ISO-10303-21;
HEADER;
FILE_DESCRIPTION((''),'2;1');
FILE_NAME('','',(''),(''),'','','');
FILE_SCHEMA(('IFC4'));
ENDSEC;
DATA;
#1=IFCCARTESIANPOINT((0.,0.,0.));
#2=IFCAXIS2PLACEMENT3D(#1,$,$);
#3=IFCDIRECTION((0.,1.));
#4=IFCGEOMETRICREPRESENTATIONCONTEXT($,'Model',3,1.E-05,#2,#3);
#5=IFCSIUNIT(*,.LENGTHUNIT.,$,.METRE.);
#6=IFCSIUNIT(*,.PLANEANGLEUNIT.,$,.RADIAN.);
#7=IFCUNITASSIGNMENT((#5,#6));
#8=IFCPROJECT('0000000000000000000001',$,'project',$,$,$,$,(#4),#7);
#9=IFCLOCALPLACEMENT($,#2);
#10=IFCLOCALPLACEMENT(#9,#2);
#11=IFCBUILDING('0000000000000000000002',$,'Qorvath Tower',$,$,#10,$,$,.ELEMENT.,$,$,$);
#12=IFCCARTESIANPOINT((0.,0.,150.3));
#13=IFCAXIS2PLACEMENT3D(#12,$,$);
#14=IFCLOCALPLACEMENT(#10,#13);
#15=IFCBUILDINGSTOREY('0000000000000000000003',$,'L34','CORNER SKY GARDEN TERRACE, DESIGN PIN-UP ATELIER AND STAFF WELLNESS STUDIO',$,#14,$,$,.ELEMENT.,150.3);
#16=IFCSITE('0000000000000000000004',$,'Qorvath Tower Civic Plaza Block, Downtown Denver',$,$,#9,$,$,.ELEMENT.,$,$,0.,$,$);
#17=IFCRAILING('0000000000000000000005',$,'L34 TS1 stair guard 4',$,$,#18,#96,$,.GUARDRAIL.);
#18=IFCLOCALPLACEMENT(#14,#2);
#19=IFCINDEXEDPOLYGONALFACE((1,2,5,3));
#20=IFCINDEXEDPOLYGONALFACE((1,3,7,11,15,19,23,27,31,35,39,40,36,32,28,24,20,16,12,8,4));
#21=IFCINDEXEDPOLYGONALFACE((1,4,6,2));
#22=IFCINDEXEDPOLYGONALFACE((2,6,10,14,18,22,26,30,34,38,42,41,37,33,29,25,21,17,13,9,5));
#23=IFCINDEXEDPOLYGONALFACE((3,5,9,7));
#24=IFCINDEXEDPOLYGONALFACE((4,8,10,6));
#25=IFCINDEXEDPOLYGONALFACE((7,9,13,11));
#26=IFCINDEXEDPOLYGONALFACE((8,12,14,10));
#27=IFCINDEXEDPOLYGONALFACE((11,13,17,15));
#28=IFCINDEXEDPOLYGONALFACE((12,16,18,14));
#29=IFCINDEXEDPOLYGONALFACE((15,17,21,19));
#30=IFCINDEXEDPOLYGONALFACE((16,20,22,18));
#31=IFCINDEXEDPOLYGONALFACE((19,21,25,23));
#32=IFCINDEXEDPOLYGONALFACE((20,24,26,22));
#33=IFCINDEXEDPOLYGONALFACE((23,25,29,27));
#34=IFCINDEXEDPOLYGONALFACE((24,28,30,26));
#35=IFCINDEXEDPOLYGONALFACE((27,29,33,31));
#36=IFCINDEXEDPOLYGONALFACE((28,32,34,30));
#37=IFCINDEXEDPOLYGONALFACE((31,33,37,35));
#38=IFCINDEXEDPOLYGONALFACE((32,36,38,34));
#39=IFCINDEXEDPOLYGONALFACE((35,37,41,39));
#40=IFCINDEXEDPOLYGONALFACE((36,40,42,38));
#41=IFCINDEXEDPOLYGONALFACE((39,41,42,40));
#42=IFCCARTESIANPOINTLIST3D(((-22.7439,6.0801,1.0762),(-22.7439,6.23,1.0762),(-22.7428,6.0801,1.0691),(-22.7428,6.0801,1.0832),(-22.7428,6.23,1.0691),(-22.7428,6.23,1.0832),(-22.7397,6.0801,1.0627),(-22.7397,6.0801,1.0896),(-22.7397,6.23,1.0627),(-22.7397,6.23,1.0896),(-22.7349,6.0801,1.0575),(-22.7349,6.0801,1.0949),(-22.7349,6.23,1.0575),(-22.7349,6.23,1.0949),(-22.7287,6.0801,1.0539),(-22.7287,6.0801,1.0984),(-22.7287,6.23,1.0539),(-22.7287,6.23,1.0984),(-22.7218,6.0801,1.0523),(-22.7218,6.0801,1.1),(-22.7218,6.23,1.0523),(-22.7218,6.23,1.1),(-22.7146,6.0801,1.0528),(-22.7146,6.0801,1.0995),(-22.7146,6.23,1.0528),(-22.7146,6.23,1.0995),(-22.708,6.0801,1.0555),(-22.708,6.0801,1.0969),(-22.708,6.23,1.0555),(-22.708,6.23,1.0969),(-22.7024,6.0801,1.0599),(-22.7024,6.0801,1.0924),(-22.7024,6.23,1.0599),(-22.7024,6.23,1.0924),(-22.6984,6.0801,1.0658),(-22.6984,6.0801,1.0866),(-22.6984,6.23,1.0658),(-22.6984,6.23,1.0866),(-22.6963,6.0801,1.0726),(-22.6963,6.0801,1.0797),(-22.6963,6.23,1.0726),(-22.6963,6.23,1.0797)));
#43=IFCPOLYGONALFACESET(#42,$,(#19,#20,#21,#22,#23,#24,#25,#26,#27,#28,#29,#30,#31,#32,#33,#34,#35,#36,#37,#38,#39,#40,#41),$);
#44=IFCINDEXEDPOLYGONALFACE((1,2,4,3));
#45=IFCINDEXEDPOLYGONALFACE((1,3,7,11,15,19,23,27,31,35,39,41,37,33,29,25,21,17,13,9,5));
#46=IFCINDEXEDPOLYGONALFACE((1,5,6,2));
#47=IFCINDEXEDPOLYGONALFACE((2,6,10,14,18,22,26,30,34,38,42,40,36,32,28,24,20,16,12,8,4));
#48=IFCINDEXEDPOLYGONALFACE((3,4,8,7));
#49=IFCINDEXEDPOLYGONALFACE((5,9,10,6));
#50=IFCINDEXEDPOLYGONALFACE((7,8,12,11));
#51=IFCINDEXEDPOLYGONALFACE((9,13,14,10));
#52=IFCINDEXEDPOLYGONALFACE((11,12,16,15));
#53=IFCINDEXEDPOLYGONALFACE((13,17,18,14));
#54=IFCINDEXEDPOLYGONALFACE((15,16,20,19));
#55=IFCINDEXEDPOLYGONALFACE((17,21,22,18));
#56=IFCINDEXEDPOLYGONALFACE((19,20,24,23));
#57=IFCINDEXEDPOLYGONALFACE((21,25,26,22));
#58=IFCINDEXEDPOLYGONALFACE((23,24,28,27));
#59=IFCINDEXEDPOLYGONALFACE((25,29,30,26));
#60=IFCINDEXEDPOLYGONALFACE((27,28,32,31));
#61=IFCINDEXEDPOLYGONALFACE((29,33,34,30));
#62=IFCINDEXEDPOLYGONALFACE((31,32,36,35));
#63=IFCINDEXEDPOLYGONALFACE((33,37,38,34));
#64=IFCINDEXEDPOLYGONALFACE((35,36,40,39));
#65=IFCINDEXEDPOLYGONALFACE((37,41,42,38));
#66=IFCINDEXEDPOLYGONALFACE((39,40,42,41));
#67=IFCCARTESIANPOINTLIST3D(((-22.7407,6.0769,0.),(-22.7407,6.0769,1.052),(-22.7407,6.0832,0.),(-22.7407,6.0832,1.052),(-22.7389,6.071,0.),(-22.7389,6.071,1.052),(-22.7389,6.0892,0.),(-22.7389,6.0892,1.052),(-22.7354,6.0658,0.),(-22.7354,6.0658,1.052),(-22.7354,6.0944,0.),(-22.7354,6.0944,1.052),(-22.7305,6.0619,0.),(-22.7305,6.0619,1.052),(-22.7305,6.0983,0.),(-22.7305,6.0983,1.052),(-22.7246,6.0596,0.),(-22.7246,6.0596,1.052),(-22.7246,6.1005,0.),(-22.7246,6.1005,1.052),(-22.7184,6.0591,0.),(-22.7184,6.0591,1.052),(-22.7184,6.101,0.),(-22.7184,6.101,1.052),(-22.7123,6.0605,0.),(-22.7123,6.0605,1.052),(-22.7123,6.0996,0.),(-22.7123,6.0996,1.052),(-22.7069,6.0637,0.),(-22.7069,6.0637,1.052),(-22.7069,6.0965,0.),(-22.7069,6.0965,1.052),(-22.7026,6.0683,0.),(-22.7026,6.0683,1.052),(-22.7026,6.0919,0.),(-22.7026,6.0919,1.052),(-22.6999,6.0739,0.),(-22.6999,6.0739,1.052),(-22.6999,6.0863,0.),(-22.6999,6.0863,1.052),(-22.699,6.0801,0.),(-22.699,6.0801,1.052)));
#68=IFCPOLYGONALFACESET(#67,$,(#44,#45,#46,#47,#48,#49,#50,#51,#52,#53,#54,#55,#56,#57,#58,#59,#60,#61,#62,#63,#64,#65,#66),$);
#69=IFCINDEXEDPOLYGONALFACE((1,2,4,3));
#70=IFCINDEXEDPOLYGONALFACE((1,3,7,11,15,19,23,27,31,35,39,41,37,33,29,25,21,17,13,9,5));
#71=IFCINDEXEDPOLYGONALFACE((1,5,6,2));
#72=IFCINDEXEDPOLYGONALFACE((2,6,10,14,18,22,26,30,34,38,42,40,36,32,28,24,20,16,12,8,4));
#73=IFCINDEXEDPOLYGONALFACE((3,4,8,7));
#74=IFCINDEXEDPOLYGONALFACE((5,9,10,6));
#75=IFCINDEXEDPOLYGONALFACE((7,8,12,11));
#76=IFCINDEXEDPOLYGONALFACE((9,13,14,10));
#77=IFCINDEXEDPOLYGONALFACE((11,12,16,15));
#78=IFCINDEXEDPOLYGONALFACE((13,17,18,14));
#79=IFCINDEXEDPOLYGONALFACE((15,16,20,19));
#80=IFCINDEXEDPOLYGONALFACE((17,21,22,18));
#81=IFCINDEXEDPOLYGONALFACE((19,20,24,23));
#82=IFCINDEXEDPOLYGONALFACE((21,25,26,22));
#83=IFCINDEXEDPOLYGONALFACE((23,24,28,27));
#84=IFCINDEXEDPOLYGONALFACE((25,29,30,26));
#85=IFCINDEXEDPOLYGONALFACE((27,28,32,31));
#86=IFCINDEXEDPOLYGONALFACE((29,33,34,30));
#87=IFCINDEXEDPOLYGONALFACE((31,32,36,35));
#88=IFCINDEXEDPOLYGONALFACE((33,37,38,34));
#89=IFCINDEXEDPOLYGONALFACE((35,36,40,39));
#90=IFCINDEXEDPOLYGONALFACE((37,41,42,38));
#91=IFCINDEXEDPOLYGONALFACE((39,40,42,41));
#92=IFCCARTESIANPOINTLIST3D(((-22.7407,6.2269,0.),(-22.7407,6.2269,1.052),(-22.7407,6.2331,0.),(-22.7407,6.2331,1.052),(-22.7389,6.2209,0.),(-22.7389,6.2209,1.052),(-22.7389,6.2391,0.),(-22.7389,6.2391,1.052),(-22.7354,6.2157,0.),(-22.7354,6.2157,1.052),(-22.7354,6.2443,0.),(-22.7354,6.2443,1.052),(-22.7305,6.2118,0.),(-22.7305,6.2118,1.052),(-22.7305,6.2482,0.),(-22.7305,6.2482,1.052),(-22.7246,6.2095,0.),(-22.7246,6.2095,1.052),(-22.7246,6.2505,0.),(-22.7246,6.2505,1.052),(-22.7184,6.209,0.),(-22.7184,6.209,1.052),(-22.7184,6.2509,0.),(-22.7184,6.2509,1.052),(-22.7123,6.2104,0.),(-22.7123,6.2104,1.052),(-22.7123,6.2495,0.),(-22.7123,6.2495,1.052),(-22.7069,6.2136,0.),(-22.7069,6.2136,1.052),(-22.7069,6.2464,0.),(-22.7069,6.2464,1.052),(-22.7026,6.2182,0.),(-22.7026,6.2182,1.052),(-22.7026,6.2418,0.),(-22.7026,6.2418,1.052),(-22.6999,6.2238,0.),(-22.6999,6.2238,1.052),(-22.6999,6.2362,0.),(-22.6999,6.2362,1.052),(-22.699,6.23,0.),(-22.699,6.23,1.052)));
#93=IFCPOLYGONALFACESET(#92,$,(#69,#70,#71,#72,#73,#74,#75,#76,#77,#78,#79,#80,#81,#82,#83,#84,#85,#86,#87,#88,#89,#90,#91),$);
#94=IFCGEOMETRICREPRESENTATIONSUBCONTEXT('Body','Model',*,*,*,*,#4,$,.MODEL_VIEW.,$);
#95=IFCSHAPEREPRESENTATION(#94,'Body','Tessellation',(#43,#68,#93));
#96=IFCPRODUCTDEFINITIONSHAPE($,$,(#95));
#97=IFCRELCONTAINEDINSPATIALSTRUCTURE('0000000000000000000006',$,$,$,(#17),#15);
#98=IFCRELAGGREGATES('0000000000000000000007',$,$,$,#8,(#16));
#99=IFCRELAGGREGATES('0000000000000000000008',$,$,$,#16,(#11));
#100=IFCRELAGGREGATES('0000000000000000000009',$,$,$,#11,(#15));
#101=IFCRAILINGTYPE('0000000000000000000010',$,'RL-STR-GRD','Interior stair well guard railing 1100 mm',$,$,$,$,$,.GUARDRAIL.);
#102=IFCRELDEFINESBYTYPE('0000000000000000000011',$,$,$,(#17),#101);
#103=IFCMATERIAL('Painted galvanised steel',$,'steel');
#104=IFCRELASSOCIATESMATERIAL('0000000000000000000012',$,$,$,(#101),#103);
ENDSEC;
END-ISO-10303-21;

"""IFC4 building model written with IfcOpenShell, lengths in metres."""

from ifc_helpers import new_model, si_unit, direction, frame, origin, origin_2d, place, context, subcontext, project, spatial, circle, extrude, material, type_object, element, save


model = new_model("IFC4")

# Units and contexts
model_context = context("Model", 3, precision=1e-05, world=origin(), true_north=direction((0.0, 1.0)))
body_context = subcontext(model_context, "Body", "Model", "MODEL_VIEW")
ifc_project = project(units=[si_unit("LENGTHUNIT", "METRE"), si_unit("PLANEANGLEUNIT", "RADIAN")], contexts=[model_context])

# Site, building, storey
site_placement = place(None, origin())
site = spatial("IfcSite", under=ifc_project, at=site_placement, Name="Qorvath Tower Civic Plaza Block, Downtown Denver", CompositionType="ELEMENT", RefElevation=0.0)
building_placement = place(site_placement, origin())
building = spatial("IfcBuilding", under=site, at=building_placement, Name="Qorvath Tower", CompositionType="ELEMENT")
storey_placement = place(building_placement, frame((0.0, 0.0, 150.3)))
storey = spatial("IfcBuildingStorey", under=building, at=storey_placement, Name="L34", Description="CORNER SKY GARDEN TERRACE, DESIGN PIN-UP ATELIER AND STAFF WELLNESS STUDIO", CompositionType="ELEMENT", Elevation=150.3)

# Railing
ifc_material_1 = material(Name="Painted galvanised steel", Category="steel")
railing_type_1 = type_object("IfcRailingType", Name="RL-STR-GRD", Description="Interior stair well guard railing 1100 mm", PredefinedType="GUARDRAIL", material=ifc_material_1)
railing_1_placement = place(storey_placement, frame((-22.72, 6.0801, 0.0)))
element("IfcRailing", 1, at=railing_1_placement, inside=storey, type_object=railing_type_1, Name="L34 TS1 stair guard 4", PredefinedType="GUARDRAIL", context=body_context, shape_type="SweptSolid", body=[
    extrude(circle(Radius=0.0239, at=origin_2d()), frame((0.0, 0.0, 1.0762), z_axis=(0.0, 1.0, 0.0), x_axis=(-1.0, 0.0, 0.0)), (0.0, 0.0, 1.0), 0.1499),
    extrude(circle(Radius=0.021, at=origin_2d()), origin(), (0.0, 0.0, 1.0), 1.052),
    extrude(circle(Radius=0.021, at=origin_2d()), frame((0.0, 0.1499, 0.0)), (0.0, 0.0, 1.0), 1.052),
])

save(model, "model.ifc")
